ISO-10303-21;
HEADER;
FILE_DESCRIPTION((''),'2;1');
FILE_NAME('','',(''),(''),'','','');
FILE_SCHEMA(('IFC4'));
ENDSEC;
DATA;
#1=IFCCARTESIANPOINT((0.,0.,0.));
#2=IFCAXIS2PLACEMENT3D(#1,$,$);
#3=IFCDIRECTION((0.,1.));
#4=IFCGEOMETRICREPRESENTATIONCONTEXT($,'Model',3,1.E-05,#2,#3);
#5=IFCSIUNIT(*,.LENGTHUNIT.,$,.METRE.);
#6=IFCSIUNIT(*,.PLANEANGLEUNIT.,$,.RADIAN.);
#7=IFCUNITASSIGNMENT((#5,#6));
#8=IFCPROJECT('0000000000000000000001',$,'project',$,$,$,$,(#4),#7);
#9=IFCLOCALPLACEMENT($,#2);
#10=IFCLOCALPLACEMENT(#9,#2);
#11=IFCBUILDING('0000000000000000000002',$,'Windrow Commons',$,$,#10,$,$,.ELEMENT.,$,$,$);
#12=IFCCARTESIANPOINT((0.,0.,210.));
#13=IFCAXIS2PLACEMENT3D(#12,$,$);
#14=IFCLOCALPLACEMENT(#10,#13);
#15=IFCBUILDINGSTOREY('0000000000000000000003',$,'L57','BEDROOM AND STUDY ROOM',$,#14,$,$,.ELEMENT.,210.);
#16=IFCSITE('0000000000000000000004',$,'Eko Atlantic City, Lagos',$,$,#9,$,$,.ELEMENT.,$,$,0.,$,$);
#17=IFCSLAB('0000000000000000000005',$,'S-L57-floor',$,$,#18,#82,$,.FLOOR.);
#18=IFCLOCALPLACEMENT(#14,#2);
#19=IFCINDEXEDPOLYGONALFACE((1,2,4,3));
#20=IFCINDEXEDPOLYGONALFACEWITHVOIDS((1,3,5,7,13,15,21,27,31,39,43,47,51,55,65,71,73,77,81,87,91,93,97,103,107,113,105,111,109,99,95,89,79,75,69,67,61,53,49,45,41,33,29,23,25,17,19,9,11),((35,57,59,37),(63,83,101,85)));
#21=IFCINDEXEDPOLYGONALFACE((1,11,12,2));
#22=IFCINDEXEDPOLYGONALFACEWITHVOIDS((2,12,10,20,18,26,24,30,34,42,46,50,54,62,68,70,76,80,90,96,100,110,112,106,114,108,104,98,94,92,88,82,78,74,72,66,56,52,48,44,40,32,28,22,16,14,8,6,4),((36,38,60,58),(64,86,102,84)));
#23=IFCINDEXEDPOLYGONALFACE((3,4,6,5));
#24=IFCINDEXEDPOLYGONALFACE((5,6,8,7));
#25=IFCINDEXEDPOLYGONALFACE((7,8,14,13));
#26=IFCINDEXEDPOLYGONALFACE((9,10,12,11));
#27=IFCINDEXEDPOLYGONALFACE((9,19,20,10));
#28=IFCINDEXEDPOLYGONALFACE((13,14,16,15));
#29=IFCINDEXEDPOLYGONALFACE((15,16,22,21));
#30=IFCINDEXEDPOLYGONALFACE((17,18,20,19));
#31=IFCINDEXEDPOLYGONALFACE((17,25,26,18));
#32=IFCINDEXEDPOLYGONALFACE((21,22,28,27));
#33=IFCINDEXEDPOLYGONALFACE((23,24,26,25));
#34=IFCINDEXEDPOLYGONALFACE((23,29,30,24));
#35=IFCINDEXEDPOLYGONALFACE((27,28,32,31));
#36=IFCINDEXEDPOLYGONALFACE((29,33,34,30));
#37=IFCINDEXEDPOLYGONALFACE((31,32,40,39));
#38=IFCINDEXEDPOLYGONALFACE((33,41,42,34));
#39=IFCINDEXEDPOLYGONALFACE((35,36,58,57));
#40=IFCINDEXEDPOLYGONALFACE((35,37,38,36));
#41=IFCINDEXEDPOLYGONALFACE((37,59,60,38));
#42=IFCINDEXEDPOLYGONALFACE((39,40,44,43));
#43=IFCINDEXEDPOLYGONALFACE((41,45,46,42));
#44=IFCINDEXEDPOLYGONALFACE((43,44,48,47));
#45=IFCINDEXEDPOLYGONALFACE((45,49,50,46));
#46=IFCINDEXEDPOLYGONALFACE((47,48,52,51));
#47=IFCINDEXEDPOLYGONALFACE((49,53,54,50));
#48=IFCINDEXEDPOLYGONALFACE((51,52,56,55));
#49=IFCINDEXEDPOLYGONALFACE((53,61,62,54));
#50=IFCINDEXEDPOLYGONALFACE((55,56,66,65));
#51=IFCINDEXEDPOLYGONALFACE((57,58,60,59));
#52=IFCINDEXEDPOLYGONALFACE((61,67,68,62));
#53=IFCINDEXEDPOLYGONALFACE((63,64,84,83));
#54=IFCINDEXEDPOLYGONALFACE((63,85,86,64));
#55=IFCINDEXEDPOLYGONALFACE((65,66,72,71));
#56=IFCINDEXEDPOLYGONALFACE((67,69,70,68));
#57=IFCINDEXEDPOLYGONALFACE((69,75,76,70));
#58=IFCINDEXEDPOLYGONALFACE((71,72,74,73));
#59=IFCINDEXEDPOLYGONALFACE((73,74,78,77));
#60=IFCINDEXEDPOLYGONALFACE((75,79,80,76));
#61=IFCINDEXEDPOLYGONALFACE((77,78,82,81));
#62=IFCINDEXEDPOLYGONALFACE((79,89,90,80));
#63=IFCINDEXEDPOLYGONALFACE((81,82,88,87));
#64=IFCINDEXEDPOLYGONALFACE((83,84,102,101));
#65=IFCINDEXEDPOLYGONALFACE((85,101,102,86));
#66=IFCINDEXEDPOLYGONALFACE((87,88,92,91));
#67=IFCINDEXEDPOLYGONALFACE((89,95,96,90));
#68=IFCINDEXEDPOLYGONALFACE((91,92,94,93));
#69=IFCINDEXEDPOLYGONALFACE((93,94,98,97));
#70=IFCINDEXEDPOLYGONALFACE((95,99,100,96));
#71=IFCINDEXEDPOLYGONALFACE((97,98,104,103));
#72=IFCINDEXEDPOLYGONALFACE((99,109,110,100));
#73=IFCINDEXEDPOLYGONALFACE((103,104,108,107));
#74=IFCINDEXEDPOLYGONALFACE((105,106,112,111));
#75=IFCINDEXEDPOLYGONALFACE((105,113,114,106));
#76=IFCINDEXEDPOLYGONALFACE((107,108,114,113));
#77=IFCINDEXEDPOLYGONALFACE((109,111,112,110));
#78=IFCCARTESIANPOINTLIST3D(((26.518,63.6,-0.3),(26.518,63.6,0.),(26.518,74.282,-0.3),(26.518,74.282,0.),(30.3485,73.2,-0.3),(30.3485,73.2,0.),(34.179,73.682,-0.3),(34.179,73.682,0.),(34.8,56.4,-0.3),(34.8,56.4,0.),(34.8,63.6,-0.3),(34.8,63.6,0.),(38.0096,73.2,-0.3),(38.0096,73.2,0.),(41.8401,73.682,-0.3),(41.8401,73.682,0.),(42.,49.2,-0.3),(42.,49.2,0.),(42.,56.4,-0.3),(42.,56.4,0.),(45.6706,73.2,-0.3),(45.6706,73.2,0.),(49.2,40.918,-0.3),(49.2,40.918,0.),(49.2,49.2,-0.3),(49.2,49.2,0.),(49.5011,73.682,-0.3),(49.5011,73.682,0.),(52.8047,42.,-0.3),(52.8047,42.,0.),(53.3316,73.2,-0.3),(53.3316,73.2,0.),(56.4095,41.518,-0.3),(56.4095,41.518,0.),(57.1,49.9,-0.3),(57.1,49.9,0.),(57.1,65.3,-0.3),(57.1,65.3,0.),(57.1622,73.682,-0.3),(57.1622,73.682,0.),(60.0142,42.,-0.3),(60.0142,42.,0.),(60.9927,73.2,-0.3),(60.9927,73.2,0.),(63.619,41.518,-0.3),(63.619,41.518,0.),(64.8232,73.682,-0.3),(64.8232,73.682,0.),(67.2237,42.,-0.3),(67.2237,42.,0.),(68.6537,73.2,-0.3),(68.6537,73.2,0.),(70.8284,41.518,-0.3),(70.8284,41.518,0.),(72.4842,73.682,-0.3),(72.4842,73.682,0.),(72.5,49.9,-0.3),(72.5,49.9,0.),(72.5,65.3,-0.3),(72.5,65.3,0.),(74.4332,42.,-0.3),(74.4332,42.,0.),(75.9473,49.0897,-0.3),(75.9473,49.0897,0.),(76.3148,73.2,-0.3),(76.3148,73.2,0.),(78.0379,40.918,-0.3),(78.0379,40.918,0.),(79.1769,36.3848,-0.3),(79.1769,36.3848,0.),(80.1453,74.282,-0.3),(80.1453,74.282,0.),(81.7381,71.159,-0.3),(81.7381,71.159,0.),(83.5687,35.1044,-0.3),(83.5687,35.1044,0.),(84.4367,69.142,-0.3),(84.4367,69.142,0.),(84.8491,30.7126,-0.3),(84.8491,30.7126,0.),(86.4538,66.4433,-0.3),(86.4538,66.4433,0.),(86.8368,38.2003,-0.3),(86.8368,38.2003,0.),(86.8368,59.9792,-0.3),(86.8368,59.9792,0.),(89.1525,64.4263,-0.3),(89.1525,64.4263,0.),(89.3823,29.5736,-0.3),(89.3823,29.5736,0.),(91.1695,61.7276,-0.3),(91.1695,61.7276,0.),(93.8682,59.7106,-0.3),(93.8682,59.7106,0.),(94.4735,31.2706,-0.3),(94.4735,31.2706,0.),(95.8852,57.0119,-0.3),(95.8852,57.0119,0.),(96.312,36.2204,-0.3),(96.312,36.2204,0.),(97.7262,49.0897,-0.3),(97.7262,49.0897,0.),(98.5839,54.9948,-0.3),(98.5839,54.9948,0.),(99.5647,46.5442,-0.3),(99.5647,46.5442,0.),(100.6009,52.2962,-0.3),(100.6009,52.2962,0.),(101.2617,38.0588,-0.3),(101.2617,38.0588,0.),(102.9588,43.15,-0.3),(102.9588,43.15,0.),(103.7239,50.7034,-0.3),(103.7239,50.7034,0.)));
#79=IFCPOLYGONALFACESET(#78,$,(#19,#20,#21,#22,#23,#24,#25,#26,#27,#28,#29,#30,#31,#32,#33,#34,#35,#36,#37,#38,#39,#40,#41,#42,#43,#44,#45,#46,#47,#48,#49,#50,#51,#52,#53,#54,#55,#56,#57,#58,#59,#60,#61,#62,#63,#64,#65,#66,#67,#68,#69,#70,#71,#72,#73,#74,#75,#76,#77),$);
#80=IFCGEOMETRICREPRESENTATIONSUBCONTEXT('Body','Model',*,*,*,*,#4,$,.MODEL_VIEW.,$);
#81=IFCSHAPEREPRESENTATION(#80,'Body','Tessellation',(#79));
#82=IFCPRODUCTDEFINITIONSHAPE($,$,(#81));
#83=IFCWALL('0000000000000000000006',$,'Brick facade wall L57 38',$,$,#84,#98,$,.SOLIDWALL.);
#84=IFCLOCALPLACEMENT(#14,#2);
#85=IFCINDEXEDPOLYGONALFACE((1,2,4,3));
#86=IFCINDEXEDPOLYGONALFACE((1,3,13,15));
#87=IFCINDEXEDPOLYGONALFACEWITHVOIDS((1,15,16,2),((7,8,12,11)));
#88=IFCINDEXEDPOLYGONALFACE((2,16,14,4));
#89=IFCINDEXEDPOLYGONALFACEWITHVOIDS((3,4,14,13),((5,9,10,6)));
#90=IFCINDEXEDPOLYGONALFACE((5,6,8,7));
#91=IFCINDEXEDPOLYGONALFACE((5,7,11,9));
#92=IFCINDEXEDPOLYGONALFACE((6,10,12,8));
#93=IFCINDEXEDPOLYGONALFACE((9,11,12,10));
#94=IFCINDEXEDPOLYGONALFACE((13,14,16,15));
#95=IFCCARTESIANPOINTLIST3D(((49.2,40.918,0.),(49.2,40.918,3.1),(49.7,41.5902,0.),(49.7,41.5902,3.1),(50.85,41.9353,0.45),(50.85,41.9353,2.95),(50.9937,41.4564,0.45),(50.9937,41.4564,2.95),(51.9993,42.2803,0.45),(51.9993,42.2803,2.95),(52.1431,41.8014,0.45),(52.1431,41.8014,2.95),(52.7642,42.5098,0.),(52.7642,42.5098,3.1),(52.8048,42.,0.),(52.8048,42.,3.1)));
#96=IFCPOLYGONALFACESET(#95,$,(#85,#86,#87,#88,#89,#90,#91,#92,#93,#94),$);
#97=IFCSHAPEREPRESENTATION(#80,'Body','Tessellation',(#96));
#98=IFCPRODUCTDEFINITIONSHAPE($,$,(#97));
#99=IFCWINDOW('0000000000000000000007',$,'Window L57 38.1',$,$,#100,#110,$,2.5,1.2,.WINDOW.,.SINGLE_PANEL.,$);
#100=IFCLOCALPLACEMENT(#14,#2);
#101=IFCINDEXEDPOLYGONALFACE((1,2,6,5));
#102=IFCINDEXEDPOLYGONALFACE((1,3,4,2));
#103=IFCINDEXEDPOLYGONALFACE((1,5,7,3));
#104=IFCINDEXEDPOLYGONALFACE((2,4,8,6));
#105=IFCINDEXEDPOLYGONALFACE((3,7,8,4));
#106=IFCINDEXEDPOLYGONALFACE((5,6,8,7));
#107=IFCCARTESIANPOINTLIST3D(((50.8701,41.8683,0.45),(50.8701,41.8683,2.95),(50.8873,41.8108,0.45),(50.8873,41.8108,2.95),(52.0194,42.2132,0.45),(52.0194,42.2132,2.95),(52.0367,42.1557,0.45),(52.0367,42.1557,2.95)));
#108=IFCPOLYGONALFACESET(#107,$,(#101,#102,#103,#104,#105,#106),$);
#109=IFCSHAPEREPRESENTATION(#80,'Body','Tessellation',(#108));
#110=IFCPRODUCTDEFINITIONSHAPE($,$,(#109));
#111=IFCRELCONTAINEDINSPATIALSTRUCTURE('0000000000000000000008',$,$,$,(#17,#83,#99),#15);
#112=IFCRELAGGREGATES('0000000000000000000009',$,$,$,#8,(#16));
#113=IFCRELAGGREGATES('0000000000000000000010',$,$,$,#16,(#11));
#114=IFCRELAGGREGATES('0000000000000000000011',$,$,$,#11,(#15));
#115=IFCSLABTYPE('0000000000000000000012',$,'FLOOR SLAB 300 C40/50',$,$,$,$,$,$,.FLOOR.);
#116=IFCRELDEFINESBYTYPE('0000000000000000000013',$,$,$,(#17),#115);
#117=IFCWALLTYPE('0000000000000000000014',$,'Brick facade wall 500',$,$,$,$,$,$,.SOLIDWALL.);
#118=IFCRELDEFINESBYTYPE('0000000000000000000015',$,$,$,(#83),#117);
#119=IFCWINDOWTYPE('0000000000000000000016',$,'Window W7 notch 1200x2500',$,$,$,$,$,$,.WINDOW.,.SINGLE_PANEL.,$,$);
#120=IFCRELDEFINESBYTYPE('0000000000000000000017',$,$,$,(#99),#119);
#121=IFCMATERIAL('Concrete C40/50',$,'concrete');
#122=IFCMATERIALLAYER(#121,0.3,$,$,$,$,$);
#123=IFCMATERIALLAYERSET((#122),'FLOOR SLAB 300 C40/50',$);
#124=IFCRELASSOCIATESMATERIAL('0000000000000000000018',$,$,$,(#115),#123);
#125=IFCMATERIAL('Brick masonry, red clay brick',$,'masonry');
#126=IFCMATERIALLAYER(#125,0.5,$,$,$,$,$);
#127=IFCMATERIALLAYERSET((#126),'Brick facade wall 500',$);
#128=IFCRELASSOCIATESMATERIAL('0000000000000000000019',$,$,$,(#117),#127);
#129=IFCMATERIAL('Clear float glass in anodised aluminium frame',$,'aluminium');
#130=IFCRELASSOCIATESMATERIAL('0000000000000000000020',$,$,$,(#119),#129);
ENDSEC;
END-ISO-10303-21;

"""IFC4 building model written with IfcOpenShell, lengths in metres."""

from ifc_helpers import new_model, si_unit, direction, frame, frame_2d, origin, place, context, subcontext, project, spatial, polyline, rectangle, outline, extrude, material, layer, layer_set, type_object, element, fill, save


model = new_model("IFC4")

# Units and contexts
model_context = context("Model", 3, precision=1e-05, world=origin(), true_north=direction((0.0, 1.0)))
body_context = subcontext(model_context, "Body", "Model", "MODEL_VIEW")
ifc_project = project(units=[si_unit("LENGTHUNIT", "METRE"), si_unit("PLANEANGLEUNIT", "RADIAN")], contexts=[model_context])

# Site, building, storey
site_placement = place(None, origin())
site = spatial("IfcSite", under=ifc_project, at=site_placement, Name="Eko Atlantic City, Lagos", CompositionType="ELEMENT", RefElevation=0.0)
building_placement = place(site_placement, origin())
building = spatial("IfcBuilding", under=site, at=building_placement, Name="Windrow Commons", CompositionType="ELEMENT")
storey_placement = place(building_placement, frame((0.0, 0.0, 210.0)))
storey = spatial("IfcBuildingStorey", under=building, at=storey_placement, Name="L57", Description="BEDROOM AND STUDY ROOM", CompositionType="ELEMENT", Elevation=210.0)

# Shared definitions
placement_1 = place(storey_placement, frame((0.0, 0.0, -0.3)))

# Slab, openings
ifc_material_1 = material(Name="Concrete C40/50", Category="concrete")
ifc_layer_1 = layer(ifc_material_1, 0.3)
ifc_layer_set_1 = layer_set([ifc_layer_1], Name="FLOOR SLAB 300 C40/50")
slab_type_1 = type_object("IfcSlabType", Name="FLOOR SLAB 300 C40/50", PredefinedType="FLOOR", material=ifc_layer_set_1)
slab_1 = element("IfcSlab", 1, at=placement_1, inside=storey, type_object=slab_type_1, Name="S-L57-floor", PredefinedType="FLOOR", context=body_context, shape_type="SweptSolid", body=[
    extrude(outline(polyline([(84.8491, 30.7126), (89.3823, 29.5736), (94.4735, 31.2706), (96.312, 36.2204), (101.2617, 38.0588), (102.9588, 43.15), (99.5647, 46.5442), (103.7239, 50.7034), (100.6009, 52.2962), (98.5839, 54.9948), (95.8852, 57.0119), (93.8682, 59.7106), (91.1695, 61.7276), (89.1525, 64.4263), (86.4538, 66.4433), (84.4367, 69.142), (81.7381, 71.159), (80.1453, 74.282), (76.3148, 73.2), (72.4842, 73.682), (68.6537, 73.2), (64.8232, 73.682), (60.9927, 73.2), (57.1622, 73.682), (53.3316, 73.2), (49.5011, 73.682), (45.6706, 73.2), (41.8401, 73.682), (38.0096, 73.2), (34.179, 73.682), (30.3485, 73.2), (26.518, 74.282), (26.518, 63.6), (34.8, 63.6), (34.8, 56.4), (42.0, 56.4), (42.0, 49.2), (49.2, 49.2), (49.2, 40.918), (52.8047, 42.0), (56.4095, 41.518), (60.0142, 42.0), (63.619, 41.518), (67.2237, 42.0), (70.8284, 41.518), (74.4332, 42.0), (78.0379, 40.918), (79.1769, 36.3848), (83.5687, 35.1044), (84.8491, 30.7126)]), holes=[polyline([(75.9473, 49.0897), (86.8368, 59.9792), (97.7262, 49.0897), (86.8368, 38.2003), (75.9473, 49.0897)]), polyline([(57.1, 49.9), (57.1, 65.3), (72.5, 65.3), (72.5, 49.9), (57.1, 49.9)])]), origin(), (0.0, 0.0, 1.0), 0.3),
])
opening_1_placement = place(placement_1, origin())
element("IfcOpeningElement", 2, at=opening_1_placement, cuts=slab_1, PredefinedType="OPENING", context=body_context, shape_type="SweptSolid", body=[
    extrude(outline(polyline([(75.9544, 49.0897), (86.8368, 59.9721), (97.7191, 49.0897), (86.8368, 38.2074), (75.9544, 49.0897)])), origin(), (0.0, 0.0, 1.0), 0.3),
])
opening_2_placement = place(placement_1, origin())
element("IfcOpeningElement", 3, at=opening_2_placement, cuts=slab_1, PredefinedType="OPENING", context=body_context, shape_type="SweptSolid", body=[
    extrude(outline(polyline([(57.105, 49.905), (57.105, 65.295), (72.495, 65.295), (72.495, 49.905), (57.105, 49.905)])), origin(), (0.0, 0.0, 1.0), 0.3),
])

# Wall, opening, window
ifc_material_2 = material(Name="Brick masonry, red clay brick", Category="masonry")
ifc_layer_2 = layer(ifc_material_2, 0.5)
ifc_layer_set_2 = layer_set([ifc_layer_2], Name="Brick facade wall 500")
wall_type = type_object("IfcWallType", Name="Brick facade wall 500", PredefinedType="SOLIDWALL", material=ifc_layer_set_2)
wall_placement = place(storey_placement, frame((49.45, 41.2541, 0.0), z_axis=(0.0, 0.0, 1.0), x_axis=(0.957791, 0.287466, 0.0)))
wall = element("IfcWall", 4, at=wall_placement, inside=storey, type_object=wall_type, Name="Brick facade wall L57 38", PredefinedType="SOLIDWALL", context=body_context, shape_type="SweptSolid", body=[
    extrude(outline(polyline([(-0.3361, -0.25), (3.4276, -0.25), (3.5353, 0.25), (0.3361, 0.25), (-0.3361, -0.25)])), origin(), (0.0, 0.0, 1.0), 3.1),
])
opening_3_placement = place(wall_placement, frame((1.5367, 0.0, 0.45)))
opening_3 = element("IfcOpeningElement", 5, at=opening_3_placement, cuts=wall, PredefinedType="OPENING", context=body_context, shape_type="SweptSolid", body=[
    extrude(rectangle(XDim=1.2, YDim=2.5, at=frame_2d((0.6, 1.25))), frame((0.0, 0.26, 0.0), z_axis=(0.0, -1.0, 0.0), x_axis=(1.0, 0.0, 0.0)), (0.0, 0.0, 1.0), 0.52),
])
ifc_material_3 = material(Name="Clear float glass in anodised aluminium frame", Category="aluminium")
window_type = type_object("IfcWindowType", Name="Window W7 notch 1200x2500", PartitioningType="SINGLE_PANEL", PredefinedType="WINDOW", material=ifc_material_3)
window_placement = place(opening_3_placement, origin())
window = element("IfcWindow", 6, at=window_placement, inside=storey, type_object=window_type, Name="Window L57 38.1", OverallHeight=2.5, OverallWidth=1.2, PartitioningType="SINGLE_PANEL", PredefinedType="WINDOW", context=body_context, shape_type="SweptSolid", body=[
    extrude(rectangle(XDim=1.2, YDim=2.5, at=frame_2d((0.6, 1.25))), frame((0.0, 0.18, 0.0), z_axis=(0.0, -1.0, 0.0), x_axis=(1.0, 0.0, 0.0)), (0.0, 0.0, 1.0), 0.06),
])
fill(opening_3, window)

save(model, "model.ifc")
